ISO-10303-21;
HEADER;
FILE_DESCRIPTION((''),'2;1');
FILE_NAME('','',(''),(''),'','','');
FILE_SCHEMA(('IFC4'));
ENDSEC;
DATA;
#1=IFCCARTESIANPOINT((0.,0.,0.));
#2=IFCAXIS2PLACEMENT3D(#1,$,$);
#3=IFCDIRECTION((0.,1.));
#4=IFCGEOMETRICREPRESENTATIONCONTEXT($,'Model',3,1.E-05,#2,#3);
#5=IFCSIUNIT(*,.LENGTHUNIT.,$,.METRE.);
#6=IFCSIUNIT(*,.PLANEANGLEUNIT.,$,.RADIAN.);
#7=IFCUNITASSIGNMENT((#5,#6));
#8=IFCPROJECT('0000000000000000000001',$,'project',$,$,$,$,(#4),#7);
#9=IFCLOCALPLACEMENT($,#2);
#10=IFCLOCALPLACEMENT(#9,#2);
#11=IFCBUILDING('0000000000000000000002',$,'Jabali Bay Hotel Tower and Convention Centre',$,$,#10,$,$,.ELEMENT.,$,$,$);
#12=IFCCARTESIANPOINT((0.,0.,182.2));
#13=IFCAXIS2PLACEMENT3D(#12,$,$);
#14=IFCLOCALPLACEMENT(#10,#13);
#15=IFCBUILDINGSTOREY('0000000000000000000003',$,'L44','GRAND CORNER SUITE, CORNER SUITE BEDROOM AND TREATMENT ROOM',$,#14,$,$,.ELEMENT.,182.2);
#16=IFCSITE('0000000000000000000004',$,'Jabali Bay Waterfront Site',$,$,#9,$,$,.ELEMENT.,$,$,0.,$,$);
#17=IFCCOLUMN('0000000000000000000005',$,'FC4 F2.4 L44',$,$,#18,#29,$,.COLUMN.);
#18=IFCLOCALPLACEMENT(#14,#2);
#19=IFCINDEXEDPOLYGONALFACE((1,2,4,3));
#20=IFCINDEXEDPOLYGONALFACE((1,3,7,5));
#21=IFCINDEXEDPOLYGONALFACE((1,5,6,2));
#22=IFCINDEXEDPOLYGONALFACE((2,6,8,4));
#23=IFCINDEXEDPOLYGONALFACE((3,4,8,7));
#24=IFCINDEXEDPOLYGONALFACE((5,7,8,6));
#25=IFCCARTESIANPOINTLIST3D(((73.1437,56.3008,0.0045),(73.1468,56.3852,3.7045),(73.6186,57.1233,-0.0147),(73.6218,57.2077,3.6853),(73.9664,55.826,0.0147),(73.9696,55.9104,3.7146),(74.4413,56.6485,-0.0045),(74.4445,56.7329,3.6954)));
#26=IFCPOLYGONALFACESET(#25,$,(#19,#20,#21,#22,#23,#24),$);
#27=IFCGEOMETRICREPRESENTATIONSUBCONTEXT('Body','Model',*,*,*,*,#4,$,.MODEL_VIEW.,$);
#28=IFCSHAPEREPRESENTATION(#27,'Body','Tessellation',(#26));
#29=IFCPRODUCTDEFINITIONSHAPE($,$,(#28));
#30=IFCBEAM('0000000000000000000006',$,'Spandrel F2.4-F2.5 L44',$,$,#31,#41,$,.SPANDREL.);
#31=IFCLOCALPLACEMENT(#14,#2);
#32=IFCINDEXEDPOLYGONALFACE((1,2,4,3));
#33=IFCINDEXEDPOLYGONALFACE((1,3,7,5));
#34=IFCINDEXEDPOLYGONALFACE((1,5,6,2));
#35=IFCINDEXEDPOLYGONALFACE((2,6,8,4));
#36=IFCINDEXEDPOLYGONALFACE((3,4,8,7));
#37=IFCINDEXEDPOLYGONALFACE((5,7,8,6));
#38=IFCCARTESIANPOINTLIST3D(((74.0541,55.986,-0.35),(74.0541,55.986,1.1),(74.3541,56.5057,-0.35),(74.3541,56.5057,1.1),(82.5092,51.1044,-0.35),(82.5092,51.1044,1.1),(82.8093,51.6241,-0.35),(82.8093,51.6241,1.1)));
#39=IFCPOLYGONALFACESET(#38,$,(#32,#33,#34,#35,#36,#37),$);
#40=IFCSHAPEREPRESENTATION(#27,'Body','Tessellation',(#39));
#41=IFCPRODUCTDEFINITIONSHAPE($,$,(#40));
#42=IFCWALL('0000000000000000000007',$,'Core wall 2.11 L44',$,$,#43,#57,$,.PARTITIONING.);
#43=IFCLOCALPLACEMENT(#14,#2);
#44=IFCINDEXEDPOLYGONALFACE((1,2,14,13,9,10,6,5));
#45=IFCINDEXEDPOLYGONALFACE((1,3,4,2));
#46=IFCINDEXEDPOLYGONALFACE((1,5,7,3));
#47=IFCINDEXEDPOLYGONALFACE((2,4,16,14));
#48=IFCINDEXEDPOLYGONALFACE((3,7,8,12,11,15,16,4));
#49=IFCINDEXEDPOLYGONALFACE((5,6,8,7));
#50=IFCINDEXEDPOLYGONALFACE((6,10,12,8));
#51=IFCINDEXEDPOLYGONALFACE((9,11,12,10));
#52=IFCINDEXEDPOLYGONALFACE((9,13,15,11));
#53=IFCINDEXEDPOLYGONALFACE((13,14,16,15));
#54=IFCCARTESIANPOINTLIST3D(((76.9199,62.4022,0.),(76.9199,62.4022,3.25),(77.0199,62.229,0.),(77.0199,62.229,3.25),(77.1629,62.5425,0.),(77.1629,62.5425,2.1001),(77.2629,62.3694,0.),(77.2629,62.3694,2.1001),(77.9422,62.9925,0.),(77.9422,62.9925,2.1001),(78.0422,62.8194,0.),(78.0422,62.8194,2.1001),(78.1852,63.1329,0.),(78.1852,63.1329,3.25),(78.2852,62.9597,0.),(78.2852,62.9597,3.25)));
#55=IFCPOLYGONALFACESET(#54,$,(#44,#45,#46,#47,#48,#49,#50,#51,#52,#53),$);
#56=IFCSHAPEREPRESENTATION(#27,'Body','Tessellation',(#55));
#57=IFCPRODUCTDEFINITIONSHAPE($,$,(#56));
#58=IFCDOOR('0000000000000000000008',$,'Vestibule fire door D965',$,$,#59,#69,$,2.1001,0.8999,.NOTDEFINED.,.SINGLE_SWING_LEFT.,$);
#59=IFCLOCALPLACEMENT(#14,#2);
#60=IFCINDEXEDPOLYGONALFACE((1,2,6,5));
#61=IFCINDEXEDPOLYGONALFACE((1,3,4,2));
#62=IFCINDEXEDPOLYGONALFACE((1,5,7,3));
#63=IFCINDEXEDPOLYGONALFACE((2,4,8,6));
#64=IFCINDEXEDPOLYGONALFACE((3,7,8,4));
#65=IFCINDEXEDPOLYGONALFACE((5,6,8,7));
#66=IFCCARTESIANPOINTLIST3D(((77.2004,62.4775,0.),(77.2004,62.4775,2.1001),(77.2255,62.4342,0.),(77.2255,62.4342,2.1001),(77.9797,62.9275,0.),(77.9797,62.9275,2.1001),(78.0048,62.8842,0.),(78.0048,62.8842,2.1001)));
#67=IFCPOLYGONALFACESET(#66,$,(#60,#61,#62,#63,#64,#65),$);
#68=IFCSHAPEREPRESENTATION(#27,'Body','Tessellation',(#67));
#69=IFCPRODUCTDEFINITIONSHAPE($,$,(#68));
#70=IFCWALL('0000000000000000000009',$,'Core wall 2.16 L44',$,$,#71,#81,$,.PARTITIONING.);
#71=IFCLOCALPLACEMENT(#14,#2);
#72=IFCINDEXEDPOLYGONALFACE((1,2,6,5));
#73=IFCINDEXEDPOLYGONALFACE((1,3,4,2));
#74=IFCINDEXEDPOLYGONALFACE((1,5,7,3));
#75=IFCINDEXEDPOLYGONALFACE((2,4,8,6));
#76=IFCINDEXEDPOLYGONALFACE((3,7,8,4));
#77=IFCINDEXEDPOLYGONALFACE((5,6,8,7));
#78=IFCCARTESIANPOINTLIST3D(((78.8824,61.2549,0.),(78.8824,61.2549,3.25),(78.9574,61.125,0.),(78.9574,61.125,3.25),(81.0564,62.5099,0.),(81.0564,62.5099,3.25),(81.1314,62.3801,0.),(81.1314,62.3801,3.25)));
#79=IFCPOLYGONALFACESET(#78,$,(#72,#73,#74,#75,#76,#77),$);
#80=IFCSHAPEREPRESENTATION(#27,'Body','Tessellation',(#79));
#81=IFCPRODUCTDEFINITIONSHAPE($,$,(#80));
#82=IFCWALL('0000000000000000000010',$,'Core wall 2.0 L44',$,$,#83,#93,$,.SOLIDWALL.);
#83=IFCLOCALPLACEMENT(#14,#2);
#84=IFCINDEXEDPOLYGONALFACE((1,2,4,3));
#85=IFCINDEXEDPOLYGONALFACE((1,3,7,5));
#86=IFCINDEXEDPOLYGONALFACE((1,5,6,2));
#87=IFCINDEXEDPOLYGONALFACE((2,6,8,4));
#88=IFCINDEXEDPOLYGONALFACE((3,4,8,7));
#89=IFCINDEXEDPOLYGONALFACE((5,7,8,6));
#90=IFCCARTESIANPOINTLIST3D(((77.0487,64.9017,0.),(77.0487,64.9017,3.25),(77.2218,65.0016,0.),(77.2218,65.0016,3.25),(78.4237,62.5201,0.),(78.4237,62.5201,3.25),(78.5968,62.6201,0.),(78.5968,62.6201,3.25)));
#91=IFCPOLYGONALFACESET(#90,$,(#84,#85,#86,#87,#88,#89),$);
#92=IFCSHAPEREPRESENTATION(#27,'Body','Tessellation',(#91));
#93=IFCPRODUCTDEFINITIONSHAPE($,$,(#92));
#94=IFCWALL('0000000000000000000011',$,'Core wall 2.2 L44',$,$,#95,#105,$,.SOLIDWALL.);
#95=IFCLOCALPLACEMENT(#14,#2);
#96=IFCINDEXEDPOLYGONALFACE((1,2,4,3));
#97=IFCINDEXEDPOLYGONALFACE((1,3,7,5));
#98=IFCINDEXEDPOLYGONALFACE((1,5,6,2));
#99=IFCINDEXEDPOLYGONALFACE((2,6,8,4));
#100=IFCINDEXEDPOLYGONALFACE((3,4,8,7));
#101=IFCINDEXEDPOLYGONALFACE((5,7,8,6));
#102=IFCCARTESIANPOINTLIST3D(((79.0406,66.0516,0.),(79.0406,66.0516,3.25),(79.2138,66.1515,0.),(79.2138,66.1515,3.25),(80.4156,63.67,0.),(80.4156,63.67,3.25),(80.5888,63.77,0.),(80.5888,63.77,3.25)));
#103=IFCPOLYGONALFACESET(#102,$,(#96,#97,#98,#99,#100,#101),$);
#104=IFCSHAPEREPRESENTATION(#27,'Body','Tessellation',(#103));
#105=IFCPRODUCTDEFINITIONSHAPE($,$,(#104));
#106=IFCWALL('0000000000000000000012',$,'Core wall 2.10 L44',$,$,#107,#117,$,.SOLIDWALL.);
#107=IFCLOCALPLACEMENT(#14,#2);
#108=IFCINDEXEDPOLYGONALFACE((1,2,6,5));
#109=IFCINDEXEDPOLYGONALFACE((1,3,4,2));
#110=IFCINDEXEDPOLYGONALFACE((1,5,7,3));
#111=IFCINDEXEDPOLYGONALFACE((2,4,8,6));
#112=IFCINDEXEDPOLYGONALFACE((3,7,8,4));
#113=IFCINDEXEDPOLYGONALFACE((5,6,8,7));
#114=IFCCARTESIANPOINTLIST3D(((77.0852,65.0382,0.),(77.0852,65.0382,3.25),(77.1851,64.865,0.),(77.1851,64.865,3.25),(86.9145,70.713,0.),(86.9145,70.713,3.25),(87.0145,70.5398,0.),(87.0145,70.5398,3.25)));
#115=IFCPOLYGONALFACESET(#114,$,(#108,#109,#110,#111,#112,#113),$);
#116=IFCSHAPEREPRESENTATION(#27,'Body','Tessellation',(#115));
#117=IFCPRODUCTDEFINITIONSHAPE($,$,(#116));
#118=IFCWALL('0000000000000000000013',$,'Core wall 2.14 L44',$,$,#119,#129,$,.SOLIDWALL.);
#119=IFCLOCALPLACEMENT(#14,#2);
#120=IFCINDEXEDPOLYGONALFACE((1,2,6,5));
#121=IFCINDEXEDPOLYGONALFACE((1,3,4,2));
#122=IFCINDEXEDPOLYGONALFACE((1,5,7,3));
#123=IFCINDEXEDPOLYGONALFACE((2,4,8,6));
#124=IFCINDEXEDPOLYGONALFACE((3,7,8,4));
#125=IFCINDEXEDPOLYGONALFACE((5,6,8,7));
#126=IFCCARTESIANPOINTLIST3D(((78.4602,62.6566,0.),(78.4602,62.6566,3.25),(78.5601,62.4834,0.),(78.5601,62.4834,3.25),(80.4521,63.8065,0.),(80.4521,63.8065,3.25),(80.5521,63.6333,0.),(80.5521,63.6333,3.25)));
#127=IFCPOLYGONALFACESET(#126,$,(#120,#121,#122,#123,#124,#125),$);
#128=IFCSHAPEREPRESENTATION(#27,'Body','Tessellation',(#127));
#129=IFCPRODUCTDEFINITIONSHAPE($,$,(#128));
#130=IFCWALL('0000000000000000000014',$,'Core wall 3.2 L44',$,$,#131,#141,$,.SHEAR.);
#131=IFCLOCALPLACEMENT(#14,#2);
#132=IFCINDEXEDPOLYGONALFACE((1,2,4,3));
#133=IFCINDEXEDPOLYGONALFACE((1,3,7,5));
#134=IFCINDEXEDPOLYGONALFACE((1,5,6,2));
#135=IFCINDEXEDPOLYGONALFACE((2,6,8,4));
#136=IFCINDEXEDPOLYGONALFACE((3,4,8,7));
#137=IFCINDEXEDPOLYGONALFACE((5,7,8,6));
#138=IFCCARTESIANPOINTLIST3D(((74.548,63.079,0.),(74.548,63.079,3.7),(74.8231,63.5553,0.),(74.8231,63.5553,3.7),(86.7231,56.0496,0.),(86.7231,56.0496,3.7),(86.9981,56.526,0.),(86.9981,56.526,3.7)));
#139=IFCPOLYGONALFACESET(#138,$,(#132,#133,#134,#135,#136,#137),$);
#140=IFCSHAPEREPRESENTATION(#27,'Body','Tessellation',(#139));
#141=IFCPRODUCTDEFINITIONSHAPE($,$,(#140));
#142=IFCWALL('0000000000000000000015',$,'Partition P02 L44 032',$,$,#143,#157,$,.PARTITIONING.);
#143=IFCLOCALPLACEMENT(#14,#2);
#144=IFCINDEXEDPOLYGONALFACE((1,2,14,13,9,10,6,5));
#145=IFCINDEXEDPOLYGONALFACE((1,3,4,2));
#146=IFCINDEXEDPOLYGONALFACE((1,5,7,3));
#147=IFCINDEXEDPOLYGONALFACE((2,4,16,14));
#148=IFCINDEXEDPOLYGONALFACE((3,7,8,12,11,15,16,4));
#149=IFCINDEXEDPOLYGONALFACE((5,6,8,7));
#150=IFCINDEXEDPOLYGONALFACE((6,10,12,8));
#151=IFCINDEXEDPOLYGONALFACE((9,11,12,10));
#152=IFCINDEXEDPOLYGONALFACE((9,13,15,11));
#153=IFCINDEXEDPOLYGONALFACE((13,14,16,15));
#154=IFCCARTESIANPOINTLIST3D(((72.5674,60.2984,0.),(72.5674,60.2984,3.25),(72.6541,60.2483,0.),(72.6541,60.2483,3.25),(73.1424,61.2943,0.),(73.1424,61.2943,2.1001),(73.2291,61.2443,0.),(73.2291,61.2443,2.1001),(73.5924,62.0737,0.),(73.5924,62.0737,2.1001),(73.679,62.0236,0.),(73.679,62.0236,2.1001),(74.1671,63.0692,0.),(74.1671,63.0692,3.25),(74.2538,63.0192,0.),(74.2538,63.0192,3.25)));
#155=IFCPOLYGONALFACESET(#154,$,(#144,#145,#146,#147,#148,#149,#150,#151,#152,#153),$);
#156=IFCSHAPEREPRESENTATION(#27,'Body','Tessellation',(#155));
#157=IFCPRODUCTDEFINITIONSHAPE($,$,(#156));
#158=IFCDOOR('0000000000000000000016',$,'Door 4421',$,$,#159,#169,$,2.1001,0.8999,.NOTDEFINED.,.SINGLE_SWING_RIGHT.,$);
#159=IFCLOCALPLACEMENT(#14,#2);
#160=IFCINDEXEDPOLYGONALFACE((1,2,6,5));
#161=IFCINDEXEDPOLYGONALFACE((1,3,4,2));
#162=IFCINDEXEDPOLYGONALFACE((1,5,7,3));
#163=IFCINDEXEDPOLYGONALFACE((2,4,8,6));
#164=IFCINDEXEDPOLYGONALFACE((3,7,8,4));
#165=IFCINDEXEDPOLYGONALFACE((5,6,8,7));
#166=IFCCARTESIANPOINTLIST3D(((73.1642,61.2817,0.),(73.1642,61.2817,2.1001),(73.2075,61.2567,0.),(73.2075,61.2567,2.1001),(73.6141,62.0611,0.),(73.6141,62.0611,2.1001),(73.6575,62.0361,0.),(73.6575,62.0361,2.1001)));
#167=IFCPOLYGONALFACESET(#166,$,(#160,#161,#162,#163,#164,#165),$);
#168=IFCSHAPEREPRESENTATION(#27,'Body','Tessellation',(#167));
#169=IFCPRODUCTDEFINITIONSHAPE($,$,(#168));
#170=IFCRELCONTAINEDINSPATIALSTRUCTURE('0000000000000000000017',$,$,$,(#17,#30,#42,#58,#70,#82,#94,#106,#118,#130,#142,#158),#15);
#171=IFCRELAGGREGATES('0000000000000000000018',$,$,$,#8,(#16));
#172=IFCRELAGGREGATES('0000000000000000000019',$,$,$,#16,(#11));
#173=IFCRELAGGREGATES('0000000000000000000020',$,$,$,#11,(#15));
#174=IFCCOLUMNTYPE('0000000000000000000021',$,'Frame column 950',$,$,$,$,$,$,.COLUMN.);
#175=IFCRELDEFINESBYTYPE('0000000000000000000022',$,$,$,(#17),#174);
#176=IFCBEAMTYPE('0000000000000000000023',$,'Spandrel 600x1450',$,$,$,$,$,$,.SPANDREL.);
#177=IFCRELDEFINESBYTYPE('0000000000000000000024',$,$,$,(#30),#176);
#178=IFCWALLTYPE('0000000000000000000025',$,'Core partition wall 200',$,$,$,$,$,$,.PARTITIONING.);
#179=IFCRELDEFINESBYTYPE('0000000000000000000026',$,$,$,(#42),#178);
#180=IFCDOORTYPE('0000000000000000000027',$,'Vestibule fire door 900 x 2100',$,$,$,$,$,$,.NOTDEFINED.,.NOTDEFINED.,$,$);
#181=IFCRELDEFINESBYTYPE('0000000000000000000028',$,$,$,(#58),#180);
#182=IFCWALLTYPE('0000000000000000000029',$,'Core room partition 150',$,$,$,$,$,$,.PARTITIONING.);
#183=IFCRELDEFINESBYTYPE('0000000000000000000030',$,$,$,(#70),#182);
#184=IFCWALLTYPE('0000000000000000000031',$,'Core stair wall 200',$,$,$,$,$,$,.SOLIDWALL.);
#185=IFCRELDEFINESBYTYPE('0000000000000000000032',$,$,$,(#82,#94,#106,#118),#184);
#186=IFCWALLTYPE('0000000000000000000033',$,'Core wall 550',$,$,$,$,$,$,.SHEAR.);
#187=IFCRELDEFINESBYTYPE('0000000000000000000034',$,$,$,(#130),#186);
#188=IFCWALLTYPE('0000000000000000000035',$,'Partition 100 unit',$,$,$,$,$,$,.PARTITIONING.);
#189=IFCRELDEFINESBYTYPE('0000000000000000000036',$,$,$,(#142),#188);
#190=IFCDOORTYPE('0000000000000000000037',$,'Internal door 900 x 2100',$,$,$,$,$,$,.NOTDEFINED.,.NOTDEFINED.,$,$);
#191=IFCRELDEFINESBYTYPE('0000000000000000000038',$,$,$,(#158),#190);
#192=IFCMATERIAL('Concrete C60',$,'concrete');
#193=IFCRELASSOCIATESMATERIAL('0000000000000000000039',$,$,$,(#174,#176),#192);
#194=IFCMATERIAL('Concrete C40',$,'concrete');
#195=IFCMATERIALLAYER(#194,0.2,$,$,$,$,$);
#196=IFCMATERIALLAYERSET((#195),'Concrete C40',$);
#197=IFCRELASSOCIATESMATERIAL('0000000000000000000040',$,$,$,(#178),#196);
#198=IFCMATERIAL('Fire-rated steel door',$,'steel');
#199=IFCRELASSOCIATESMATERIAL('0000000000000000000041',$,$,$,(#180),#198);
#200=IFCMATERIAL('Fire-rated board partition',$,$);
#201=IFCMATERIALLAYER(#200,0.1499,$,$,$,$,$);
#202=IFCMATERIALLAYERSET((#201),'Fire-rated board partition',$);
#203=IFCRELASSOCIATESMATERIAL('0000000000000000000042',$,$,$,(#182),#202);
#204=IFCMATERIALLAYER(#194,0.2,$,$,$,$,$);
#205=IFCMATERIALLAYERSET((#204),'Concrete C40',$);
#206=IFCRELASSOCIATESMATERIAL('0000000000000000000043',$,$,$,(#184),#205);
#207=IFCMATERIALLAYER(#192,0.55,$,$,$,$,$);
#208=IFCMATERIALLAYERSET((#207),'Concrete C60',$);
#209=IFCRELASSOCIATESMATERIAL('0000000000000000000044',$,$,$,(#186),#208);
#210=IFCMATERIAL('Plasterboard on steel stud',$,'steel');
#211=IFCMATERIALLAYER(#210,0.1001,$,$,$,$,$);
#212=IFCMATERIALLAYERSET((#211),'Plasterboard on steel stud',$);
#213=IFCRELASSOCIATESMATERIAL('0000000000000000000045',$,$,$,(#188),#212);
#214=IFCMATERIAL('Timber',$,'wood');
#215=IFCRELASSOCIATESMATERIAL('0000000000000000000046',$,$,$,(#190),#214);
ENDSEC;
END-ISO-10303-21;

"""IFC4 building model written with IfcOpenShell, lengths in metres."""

from ifc_helpers import new_model, si_unit, direction, frame, frame_2d, origin, origin_2d, place, context, subcontext, project, spatial, rectangle, extrude, material, layer, layer_set, material_profile, profile_set, type_object, element, fill, save


model = new_model("IFC4")

# Units and contexts
model_context = context("Model", 3, precision=1e-05, world=origin(), true_north=direction((0.0, 1.0)))
body_context = subcontext(model_context, "Body", "Model", "MODEL_VIEW")
ifc_project = project(units=[si_unit("LENGTHUNIT", "METRE"), si_unit("PLANEANGLEUNIT", "RADIAN")], contexts=[model_context])

# Site, building, storey
site_placement = place(None, origin())
site = spatial("IfcSite", under=ifc_project, at=site_placement, Name="Jabali Bay Waterfront Site", CompositionType="ELEMENT", RefElevation=0.0)
building_placement = place(site_placement, origin())
building = spatial("IfcBuilding", under=site, at=building_placement, Name="Jabali Bay Hotel Tower and Convention Centre", CompositionType="ELEMENT")
storey_placement = place(building_placement, frame((0.0, 0.0, 182.2)))
storey = spatial("IfcBuildingStorey", under=building, at=storey_placement, Name="L44", Description="GRAND CORNER SUITE, CORNER SUITE BEDROOM AND TREATMENT ROOM", CompositionType="ELEMENT", Elevation=182.2)

# Column
ifc_material_1 = material(Name="Concrete C60", Category="concrete")
ifc_material_profile_1 = material_profile(ifc_material_1, rectangle(XDim=0.95, YDim=0.95, at=origin_2d()), Name="Frame column 950")
ifc_profile_set_1 = profile_set([ifc_material_profile_1], Name="Concrete C60")
column_type = type_object("IfcColumnType", Name="Frame column 950", PredefinedType="COLUMN", material=ifc_profile_set_1)
column_placement = place(storey_placement, frame((73.7925, 56.4746, 0.0), z_axis=(0.000858, 0.022825, 0.999739), x_axis=(-0.499939, -0.865825, 0.020196)))
element("IfcColumn", 1, at=column_placement, inside=storey, type_object=column_type, Name="FC4 F2.4 L44", PredefinedType="COLUMN", context=body_context, shape_type="SweptSolid", body=[
    extrude(rectangle(XDim=0.95, YDim=0.95, at=origin_2d()), origin(), (0.0, 0.0, 1.0), 3.7009),
])

# Beam
ifc_material_profile_2 = material_profile(ifc_material_1, rectangle(XDim=0.6001, YDim=1.45, at=origin_2d()), Name="Spandrel 600x1450")
ifc_profile_set_2 = profile_set([ifc_material_profile_2], Name="Concrete C60")
beam_type = type_object("IfcBeamType", Name="Spandrel 600x1450", PredefinedType="SPANDREL", material=ifc_profile_set_2)
beam_placement = place(storey_placement, frame((74.2041, 56.2458, 0.375), z_axis=(0.866023, -0.500004, 0.0), x_axis=(0.500004, 0.866023, 0.0)))
element("IfcBeam", 2, at=beam_placement, inside=storey, type_object=beam_type, Name="Spandrel F2.4-F2.5 L44", PredefinedType="SPANDREL", context=body_context, shape_type="SweptSolid", body=[
    extrude(rectangle(XDim=0.6001, YDim=1.45, at=origin_2d()), origin(), (0.0, 0.0, 1.0), 9.7632),
])

# Wall, opening, door
ifc_material_2 = material(Name="Concrete C40", Category="concrete")
ifc_layer_1 = layer(ifc_material_2, 0.2)
ifc_layer_set_1 = layer_set([ifc_layer_1], Name="Concrete C40")
wall_type_1 = type_object("IfcWallType", Name="Core partition wall 200", PredefinedType="PARTITIONING", material=ifc_layer_set_1)
wall_1_placement = place(storey_placement, frame((76.97, 62.3157, 0.0), z_axis=(0.0, 0.0, 1.0), x_axis=(0.865982, 0.500074, 0.0)))
wall_1 = element("IfcWall", 3, at=wall_1_placement, inside=storey, type_object=wall_type_1, Name="Core wall 2.11 L44", PredefinedType="PARTITIONING", context=body_context, shape_type="SweptSolid", body=[
    extrude(rectangle(XDim=1.4612, YDim=0.2, at=frame_2d((0.7305, 0.0))), origin(), (0.0, 0.0, 1.0), 3.25),
])
opening_1_placement = place(wall_1_placement, frame((0.2805, 0.0, 0.0)))
opening_1 = element("IfcOpeningElement", 4, at=opening_1_placement, cuts=wall_1, PredefinedType="OPENING", context=body_context, shape_type="SweptSolid", body=[
    extrude(rectangle(XDim=0.8999, YDim=2.1001, at=frame_2d((0.45, 1.05))), frame((0.0, 0.1104, 0.0), z_axis=(0.0, -1.0, 0.0), x_axis=(1.0, 0.0, 0.0)), (0.0, 0.0, 1.0), 0.2209),
])
ifc_material_3 = material(Name="Fire-rated steel door", Category="steel")
door_type_1 = type_object("IfcDoorType", Name="Vestibule fire door 900 x 2100", OperationType="NOTDEFINED", PredefinedType="NOTDEFINED", material=ifc_material_3)
door_1_placement = place(opening_1_placement, origin())
door_1 = element("IfcDoor", 5, at=door_1_placement, inside=storey, type_object=door_type_1, Name="Vestibule fire door D965", OperationType="SINGLE_SWING_LEFT", OverallHeight=2.1001, OverallWidth=0.8999, PredefinedType="NOTDEFINED", context=body_context, shape_type="SweptSolid", body=[
    extrude(rectangle(XDim=0.8999, YDim=2.1001, at=frame_2d((0.45, 1.05))), frame((0.0, 0.0249, 0.0), z_axis=(0.0, -1.0, 0.0), x_axis=(1.0, 0.0, 0.0)), (0.0, 0.0, 1.0), 0.05),
])
fill(opening_1, door_1)

# Walls
ifc_material_4 = material(Name="Fire-rated board partition")
ifc_layer_2 = layer(ifc_material_4, 0.1499)
ifc_layer_set_2 = layer_set([ifc_layer_2], Name="Fire-rated board partition")
wall_type_2 = type_object("IfcWallType", Name="Core room partition 150", PredefinedType="PARTITIONING", material=ifc_layer_set_2)
wall_2_placement = place(storey_placement, frame((78.9199, 61.1899, 0.0), z_axis=(0.0, 0.0, 1.0), x_axis=(0.866038, 0.499978, 0.0)))
element("IfcWall", 6, at=wall_2_placement, inside=storey, type_object=wall_type_2, Name="Core wall 2.16 L44", PredefinedType="PARTITIONING", context=body_context, shape_type="SweptSolid", body=[
    extrude(rectangle(XDim=2.5103, YDim=0.1499, at=frame_2d((1.2551, 0.0))), origin(), (0.0, 0.0, 1.0), 3.25),
])
ifc_layer_3 = layer(ifc_material_2, 0.2)
ifc_layer_set_3 = layer_set([ifc_layer_3], Name="Concrete C40")
wall_type_3 = type_object("IfcWallType", Name="Core stair wall 200", PredefinedType="SOLIDWALL", material=ifc_layer_set_3)
for number, where, z_axis, x_axis, name in (
    (7, (77.1353, 64.9517, 0.0), (0.0, 0.0, 1.0), (0.499997, -0.866027, 0.0), "Core wall 2.0 L44"),
    (8, (79.1272, 66.1016, 0.0), (0.0, 0.0, 1.0), (0.499997, -0.866027, 0.0), "Core wall 2.2 L44"),
):
    element("IfcWall", number, at=place(storey_placement, frame(where, z_axis=z_axis, x_axis=x_axis)), inside=storey, type_object=wall_type_3, Name=name, PredefinedType="SOLIDWALL", context=body_context, shape_type="SweptSolid", body=[
        extrude(rectangle(XDim=2.75, YDim=0.2, at=frame_2d((1.375, 0.0))), origin(), (0.0, 0.0, 1.0), 3.25),
    ])
wall_3_placement = place(storey_placement, frame((77.1353, 64.9517, 0.0), z_axis=(0.0, 0.0, 1.0), x_axis=(0.866032, 0.499989, 0.0)))
element("IfcWall", 9, at=wall_3_placement, inside=storey, type_object=wall_type_3, Name="Core wall 2.10 L44", PredefinedType="SOLIDWALL", context=body_context, shape_type="SweptSolid", body=[
    extrude(rectangle(XDim=11.3499, YDim=0.2, at=frame_2d((5.6748, 0.0))), origin(), (0.0, 0.0, 1.0), 3.25),
])
wall_4_placement = place(storey_placement, frame((78.5103, 62.5701, 0.0), z_axis=(0.0, 0.0, 1.0), x_axis=(0.866053, 0.499952, 0.0)))
element("IfcWall", 10, at=wall_4_placement, inside=storey, type_object=wall_type_3, Name="Core wall 2.14 L44", PredefinedType="SOLIDWALL", context=body_context, shape_type="SweptSolid", body=[
    extrude(rectangle(XDim=2.3, YDim=0.2, at=frame_2d((1.1499, 0.0))), origin(), (0.0, 0.0, 1.0), 3.25),
])
ifc_layer_4 = layer(ifc_material_1, 0.55)
ifc_layer_set_4 = layer_set([ifc_layer_4], Name="Concrete C60")
wall_type_4 = type_object("IfcWallType", Name="Core wall 550", PredefinedType="SHEAR", material=ifc_layer_set_4)
wall_5_placement = place(storey_placement, frame((74.6855, 63.3171, 0.0), z_axis=(0.0, 0.0, 1.0), x_axis=(0.866025, -0.500002, 0.0)))
element("IfcWall", 11, at=wall_5_placement, inside=storey, type_object=wall_type_4, Name="Core wall 3.2 L44", PredefinedType="SHEAR", context=body_context, shape_type="SweptSolid", body=[
    extrude(rectangle(XDim=14.0586, YDim=0.55, at=frame_2d((7.0293, 0.0))), origin(), (0.0, 0.0, 1.0), 3.7),
])

# Wall, opening, door
ifc_material_5 = material(Name="Plasterboard on steel stud", Category="steel")
ifc_layer_5 = layer(ifc_material_5, 0.1001)
ifc_layer_set_5 = layer_set([ifc_layer_5], Name="Plasterboard on steel stud")
wall_type_5 = type_object("IfcWallType", Name="Partition 100 unit", PredefinedType="PARTITIONING", material=ifc_layer_set_5)
wall_6_placement = place(storey_placement, frame((72.6108, 60.2734, 0.0), z_axis=(0.0, 0.0, 1.0), x_axis=(0.49998, 0.866037, 0.0)))
wall_6 = element("IfcWall", 12, at=wall_6_placement, inside=storey, type_object=wall_type_5, Name="Partition P02 L44 032", PredefinedType="PARTITIONING", context=body_context, shape_type="SweptSolid", body=[
    extrude(rectangle(XDim=3.1995, YDim=0.1001, at=frame_2d((1.5996, 0.0))), origin(), (0.0, 0.0, 1.0), 3.25),
])
opening_2_placement = place(wall_6_placement, frame((1.1499, 0.0, 0.0)))
opening_2 = element("IfcOpeningElement", 13, at=opening_2_placement, cuts=wall_6, PredefinedType="OPENING", context=body_context, shape_type="SweptSolid", body=[
    extrude(rectangle(XDim=0.8999, YDim=2.1001, at=frame_2d((0.45, 1.05))), frame((0.0, 0.0605, 0.0), z_axis=(0.0, -1.0, 0.0), x_axis=(1.0, 0.0, 0.0)), (0.0, 0.0, 1.0), 0.1211),
])
ifc_material_6 = material(Name="Timber", Category="wood")
door_type_2 = type_object("IfcDoorType", Name="Internal door 900 x 2100", OperationType="NOTDEFINED", PredefinedType="NOTDEFINED", material=ifc_material_6)
door_2_placement = place(opening_2_placement, origin())
door_2 = element("IfcDoor", 14, at=door_2_placement, inside=storey, type_object=door_type_2, Name="Door 4421", OperationType="SINGLE_SWING_RIGHT", OverallHeight=2.1001, OverallWidth=0.8999, PredefinedType="NOTDEFINED", context=body_context, shape_type="SweptSolid", body=[
    extrude(rectangle(XDim=0.8999, YDim=2.1001, at=frame_2d((0.45, 1.05))), frame((0.0, 0.0249, 0.0), z_axis=(0.0, -1.0, 0.0), x_axis=(1.0, 0.0, 0.0)), (0.0, 0.0, 1.0), 0.05),
])
fill(opening_2, door_2)

save(model, "model.ifc")
